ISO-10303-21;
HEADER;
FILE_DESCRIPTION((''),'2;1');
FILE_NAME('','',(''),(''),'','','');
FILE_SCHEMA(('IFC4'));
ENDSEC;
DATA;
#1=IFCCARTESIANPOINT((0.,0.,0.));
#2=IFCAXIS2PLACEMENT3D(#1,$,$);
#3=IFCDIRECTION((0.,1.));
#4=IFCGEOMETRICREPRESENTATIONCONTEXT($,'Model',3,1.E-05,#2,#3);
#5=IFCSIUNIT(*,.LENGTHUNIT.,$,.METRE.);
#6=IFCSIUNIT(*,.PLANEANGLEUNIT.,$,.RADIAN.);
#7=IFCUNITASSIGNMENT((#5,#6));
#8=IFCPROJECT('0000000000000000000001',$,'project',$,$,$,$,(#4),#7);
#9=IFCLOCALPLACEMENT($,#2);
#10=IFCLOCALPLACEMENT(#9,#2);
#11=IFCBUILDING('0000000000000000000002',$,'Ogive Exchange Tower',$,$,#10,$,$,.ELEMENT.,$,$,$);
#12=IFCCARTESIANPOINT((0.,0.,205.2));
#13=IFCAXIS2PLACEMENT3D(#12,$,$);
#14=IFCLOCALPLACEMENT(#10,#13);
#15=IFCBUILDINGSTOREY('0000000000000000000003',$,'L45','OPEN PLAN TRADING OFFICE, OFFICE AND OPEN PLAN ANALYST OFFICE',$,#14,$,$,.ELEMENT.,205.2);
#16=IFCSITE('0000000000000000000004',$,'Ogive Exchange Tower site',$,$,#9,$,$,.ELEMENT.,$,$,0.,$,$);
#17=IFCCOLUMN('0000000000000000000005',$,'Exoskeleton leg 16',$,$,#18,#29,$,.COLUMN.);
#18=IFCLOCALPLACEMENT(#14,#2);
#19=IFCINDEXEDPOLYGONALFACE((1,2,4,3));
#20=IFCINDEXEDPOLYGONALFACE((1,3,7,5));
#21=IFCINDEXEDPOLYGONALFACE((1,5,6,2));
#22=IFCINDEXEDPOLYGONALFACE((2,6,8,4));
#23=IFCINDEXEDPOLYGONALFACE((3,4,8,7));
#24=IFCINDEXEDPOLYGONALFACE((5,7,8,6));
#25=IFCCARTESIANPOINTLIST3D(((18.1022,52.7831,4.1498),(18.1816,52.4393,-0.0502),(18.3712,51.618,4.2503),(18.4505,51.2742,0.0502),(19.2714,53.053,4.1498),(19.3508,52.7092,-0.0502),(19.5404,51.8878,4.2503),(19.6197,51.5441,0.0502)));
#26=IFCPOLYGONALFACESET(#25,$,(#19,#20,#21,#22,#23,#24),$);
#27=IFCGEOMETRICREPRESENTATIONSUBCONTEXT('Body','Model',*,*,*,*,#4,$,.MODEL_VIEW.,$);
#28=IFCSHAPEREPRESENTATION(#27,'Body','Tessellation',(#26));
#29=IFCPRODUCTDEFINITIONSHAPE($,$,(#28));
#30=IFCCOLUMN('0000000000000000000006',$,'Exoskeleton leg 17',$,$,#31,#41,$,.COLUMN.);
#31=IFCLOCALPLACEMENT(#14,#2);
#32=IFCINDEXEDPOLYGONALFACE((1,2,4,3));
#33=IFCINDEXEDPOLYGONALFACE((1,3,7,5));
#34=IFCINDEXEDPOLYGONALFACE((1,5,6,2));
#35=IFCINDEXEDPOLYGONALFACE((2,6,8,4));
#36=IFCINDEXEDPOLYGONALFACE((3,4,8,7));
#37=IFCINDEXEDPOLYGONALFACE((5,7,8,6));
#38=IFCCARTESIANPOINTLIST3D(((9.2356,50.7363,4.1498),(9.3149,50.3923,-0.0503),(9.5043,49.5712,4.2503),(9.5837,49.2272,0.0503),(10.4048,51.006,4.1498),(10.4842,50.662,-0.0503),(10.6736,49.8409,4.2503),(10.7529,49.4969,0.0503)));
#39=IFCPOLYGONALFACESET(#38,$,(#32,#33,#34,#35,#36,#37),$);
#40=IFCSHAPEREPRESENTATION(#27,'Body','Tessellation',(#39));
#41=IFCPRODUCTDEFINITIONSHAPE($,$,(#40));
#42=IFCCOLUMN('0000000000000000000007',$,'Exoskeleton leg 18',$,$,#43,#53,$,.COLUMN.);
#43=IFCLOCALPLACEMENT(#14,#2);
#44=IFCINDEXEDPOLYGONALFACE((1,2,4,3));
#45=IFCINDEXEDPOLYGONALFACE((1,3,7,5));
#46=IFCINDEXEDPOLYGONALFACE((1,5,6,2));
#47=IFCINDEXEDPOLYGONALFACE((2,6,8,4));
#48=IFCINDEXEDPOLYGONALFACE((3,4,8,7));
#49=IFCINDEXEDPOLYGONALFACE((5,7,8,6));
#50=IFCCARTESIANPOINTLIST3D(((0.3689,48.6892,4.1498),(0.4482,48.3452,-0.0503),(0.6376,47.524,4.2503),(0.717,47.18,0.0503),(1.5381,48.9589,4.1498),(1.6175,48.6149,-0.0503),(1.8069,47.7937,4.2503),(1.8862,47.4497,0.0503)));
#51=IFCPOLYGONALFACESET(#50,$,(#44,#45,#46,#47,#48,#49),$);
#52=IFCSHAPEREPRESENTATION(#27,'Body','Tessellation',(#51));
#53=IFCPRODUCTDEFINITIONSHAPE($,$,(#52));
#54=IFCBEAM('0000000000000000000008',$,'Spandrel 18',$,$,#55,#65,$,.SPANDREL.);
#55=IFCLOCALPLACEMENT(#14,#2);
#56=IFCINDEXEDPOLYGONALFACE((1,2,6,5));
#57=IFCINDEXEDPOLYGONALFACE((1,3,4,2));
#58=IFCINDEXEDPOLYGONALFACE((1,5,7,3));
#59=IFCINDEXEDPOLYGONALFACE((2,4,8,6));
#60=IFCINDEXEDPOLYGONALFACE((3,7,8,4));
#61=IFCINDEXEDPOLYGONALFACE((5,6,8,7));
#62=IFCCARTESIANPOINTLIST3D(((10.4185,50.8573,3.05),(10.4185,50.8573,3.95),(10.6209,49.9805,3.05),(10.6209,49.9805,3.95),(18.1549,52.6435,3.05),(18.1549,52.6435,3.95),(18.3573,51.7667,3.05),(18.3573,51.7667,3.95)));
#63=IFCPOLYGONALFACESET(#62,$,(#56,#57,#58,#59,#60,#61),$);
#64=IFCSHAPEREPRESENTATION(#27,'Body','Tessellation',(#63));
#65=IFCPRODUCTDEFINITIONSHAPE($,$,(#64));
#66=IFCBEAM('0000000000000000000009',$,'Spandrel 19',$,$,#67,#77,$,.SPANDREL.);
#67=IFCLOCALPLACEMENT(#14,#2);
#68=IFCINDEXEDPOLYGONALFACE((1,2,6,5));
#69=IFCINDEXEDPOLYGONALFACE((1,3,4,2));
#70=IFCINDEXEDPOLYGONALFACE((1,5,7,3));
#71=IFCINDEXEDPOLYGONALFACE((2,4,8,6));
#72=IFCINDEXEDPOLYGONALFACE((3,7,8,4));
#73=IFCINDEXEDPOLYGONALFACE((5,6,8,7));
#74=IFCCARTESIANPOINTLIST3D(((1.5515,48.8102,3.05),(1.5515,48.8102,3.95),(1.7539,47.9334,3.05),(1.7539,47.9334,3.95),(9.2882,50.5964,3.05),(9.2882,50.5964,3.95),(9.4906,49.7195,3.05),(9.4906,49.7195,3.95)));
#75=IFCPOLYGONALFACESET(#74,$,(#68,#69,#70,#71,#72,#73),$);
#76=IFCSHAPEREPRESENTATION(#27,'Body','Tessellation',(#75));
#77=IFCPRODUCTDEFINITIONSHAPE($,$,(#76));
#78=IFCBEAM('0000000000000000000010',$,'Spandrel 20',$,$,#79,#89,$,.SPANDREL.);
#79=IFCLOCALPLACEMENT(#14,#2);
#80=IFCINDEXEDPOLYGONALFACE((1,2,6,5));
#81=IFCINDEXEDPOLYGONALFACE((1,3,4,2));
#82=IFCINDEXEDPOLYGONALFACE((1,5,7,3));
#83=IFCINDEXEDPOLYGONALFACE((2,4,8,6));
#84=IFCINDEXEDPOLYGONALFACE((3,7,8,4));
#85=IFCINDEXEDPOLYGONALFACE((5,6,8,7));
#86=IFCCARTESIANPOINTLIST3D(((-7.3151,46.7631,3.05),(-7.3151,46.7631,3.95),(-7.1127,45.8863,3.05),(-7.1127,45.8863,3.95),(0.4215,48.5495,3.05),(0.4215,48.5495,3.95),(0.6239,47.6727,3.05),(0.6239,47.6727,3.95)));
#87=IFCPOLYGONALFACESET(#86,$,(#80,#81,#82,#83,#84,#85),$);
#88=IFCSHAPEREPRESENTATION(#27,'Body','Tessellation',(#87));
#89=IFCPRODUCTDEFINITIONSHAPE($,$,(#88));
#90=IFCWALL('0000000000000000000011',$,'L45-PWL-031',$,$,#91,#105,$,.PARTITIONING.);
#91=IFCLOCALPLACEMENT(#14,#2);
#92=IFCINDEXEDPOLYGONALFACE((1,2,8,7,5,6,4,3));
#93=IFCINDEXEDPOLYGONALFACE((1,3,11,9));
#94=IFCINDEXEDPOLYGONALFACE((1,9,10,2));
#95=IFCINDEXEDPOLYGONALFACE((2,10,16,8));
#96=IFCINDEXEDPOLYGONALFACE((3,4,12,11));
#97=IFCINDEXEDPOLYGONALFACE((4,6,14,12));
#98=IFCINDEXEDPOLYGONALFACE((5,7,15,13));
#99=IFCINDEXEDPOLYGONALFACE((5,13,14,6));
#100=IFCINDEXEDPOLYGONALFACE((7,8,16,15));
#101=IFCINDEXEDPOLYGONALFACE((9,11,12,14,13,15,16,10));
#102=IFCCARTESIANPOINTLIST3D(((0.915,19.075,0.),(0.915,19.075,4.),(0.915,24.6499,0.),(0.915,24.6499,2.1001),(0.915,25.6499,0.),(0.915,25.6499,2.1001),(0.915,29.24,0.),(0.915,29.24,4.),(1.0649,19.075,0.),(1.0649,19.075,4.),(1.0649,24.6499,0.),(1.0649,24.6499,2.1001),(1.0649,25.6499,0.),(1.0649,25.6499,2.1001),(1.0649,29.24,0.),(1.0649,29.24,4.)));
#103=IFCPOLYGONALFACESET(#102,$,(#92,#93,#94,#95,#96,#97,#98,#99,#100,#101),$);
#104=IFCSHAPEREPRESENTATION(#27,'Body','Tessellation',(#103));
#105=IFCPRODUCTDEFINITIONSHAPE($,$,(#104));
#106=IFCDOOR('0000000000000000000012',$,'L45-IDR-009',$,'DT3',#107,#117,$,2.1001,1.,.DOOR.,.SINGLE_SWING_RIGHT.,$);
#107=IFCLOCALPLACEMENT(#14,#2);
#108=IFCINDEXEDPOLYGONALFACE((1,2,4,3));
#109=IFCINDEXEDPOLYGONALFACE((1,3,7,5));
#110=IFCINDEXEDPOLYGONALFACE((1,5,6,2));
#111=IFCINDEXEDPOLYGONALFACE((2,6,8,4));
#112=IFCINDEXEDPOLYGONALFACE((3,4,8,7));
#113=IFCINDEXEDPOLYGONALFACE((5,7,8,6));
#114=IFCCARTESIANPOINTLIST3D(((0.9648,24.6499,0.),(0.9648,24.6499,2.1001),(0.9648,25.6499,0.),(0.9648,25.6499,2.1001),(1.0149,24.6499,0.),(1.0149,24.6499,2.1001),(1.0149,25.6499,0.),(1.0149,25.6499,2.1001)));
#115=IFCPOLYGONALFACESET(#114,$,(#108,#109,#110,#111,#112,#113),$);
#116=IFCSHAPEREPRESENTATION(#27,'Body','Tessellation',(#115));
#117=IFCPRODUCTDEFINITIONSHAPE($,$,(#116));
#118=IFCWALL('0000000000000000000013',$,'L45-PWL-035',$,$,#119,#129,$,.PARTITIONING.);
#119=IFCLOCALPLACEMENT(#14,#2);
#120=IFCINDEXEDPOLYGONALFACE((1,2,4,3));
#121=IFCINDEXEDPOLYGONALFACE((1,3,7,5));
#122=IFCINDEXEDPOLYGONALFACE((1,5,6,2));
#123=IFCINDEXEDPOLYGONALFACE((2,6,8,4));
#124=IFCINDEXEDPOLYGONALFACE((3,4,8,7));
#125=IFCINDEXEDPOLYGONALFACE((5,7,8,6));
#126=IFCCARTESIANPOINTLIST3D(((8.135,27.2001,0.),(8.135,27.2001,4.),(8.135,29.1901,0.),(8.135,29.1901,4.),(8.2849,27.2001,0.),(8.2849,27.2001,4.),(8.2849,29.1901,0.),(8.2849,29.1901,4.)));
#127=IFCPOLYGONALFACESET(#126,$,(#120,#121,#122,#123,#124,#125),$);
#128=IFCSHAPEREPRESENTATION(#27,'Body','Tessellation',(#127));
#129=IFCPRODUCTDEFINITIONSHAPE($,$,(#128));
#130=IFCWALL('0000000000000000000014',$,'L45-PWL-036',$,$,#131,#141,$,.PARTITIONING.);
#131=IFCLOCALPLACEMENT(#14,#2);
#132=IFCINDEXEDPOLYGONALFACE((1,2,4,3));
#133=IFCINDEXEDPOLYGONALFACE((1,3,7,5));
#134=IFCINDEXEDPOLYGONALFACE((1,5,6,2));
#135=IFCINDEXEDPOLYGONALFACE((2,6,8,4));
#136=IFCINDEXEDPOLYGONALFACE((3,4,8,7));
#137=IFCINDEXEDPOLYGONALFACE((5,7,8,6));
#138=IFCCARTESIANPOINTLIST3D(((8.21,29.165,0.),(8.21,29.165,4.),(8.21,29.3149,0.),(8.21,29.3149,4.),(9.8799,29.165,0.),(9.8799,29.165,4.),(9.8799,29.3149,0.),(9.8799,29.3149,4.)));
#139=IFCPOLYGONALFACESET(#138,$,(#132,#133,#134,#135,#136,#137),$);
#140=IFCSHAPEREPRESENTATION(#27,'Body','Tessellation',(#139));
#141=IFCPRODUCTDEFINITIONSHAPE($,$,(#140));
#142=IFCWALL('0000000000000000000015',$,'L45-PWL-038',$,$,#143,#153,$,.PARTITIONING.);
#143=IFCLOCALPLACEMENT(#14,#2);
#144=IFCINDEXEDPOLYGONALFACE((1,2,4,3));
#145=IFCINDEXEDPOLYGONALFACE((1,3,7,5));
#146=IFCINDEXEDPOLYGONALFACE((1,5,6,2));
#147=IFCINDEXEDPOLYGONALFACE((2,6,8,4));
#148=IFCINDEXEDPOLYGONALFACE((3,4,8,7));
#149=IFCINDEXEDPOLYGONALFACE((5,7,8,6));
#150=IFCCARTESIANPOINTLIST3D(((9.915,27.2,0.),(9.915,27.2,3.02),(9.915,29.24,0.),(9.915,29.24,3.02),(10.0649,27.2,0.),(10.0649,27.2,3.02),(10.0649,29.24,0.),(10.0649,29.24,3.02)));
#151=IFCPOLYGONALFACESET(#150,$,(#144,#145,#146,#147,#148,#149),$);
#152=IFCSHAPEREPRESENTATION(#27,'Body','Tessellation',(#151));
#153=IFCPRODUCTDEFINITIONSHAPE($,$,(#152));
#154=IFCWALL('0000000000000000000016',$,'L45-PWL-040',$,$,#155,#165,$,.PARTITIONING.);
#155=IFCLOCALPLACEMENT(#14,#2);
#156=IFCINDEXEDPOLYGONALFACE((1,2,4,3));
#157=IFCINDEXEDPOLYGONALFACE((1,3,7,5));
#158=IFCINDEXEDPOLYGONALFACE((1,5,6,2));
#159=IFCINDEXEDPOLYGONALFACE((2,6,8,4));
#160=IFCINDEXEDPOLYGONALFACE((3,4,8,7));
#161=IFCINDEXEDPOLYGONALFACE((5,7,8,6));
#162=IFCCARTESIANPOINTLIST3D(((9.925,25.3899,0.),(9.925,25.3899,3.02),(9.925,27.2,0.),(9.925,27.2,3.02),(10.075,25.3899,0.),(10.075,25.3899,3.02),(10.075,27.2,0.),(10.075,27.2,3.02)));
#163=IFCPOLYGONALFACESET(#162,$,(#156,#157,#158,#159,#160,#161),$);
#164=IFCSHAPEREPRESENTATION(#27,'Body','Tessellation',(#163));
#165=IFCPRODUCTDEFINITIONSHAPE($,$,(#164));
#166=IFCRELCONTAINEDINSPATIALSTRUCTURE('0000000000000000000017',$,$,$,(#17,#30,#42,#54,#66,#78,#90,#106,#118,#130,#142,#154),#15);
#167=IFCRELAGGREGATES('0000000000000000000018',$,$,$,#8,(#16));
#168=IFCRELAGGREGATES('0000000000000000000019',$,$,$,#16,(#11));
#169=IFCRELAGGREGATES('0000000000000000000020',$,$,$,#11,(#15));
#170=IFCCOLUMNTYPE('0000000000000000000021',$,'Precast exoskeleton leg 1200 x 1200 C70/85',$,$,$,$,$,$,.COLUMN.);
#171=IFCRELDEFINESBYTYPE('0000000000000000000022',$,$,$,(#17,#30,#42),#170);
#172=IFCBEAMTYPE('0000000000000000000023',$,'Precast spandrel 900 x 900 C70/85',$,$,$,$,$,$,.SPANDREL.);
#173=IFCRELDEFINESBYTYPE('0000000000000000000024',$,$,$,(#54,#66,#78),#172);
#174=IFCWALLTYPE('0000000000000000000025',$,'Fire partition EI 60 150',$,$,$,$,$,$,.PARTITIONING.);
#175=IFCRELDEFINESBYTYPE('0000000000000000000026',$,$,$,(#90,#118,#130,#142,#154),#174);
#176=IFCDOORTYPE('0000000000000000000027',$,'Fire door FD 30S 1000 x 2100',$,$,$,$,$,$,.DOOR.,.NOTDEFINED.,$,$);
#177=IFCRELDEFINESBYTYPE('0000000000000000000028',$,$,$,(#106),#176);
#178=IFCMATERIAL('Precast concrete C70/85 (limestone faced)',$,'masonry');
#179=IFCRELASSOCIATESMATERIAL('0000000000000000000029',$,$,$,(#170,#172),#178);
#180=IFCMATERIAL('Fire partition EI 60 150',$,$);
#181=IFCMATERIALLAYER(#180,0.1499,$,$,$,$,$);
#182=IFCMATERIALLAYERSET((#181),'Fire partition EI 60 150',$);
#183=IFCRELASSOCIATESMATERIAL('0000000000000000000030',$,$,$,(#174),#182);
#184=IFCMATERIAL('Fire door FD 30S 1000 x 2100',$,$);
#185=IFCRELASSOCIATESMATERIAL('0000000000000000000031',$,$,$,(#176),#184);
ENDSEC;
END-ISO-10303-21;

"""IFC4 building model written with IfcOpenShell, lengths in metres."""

from ifc_helpers import new_model, si_unit, direction, frame, frame_2d, origin, origin_2d, place, context, subcontext, project, spatial, rectangle, extrude, material, layer, layer_set, material_profile, profile_set, type_object, element, fill, save


model = new_model("IFC4")

# Units and contexts
model_context = context("Model", 3, precision=1e-05, world=origin(), true_north=direction((0.0, 1.0)))
body_context = subcontext(model_context, "Body", "Model", "MODEL_VIEW")
ifc_project = project(units=[si_unit("LENGTHUNIT", "METRE"), si_unit("PLANEANGLEUNIT", "RADIAN")], contexts=[model_context])

# Site, building, storey
site_placement = place(None, origin())
site = spatial("IfcSite", under=ifc_project, at=site_placement, Name="Ogive Exchange Tower site", CompositionType="ELEMENT", RefElevation=0.0)
building_placement = place(site_placement, origin())
building = spatial("IfcBuilding", under=site, at=building_placement, Name="Ogive Exchange Tower", CompositionType="ELEMENT")
storey_placement = place(building_placement, frame((0.0, 0.0, 205.2)))
storey = spatial("IfcBuildingStorey", under=building, at=storey_placement, Name="L45", Description="OPEN PLAN TRADING OFFICE, OFFICE AND OPEN PLAN ANALYST OFFICE", CompositionType="ELEMENT", Elevation=205.2)

# Columns
ifc_material_1 = material(Name="Precast concrete C70/85 (limestone faced)", Category="masonry")
ifc_material_profile_1 = material_profile(ifc_material_1, rectangle(XDim=1.2, YDim=1.2, at=origin_2d()), Name="1200 x 1200")
ifc_profile_set_1 = profile_set([ifc_material_profile_1], Name="Precast concrete C70/85 (limestone faced)")
column_type = type_object("IfcColumnType", Name="Precast exoskeleton leg 1200 x 1200 C70/85", PredefinedType="COLUMN", material=ifc_profile_set_1)
for number, where, z_axis, x_axis, name in (
    (1, (18.9006, 51.9917, 0.0), (-0.018826, 0.081559, 0.996491), (-0.97438, -0.22491, 0.0), "Exoskeleton leg 16"),
    (2, (10.0339, 49.9446, 0.0), (-0.018826, 0.081617, 0.996486), (-0.974415, -0.224758, 0.0), "Exoskeleton leg 17"),
    (3, (1.1672, 47.8975, 0.0), (-0.018826, 0.081617, 0.996486), (-0.974415, -0.224758, 0.0), "Exoskeleton leg 18"),
):
    element("IfcColumn", number, at=place(storey_placement, frame(where, z_axis=z_axis, x_axis=x_axis)), inside=storey, type_object=column_type, Name=name, PredefinedType="COLUMN", context=body_context, shape_type="SweptSolid", body=[
        extrude(rectangle(XDim=1.2, YDim=1.2, at=origin_2d()), origin(), (0.0, 0.0, 1.0), 4.2148),
    ])

# Beams
ifc_material_profile_2 = material_profile(ifc_material_1, rectangle(XDim=0.8999, YDim=0.8999, at=origin_2d()), Name="900 x 900")
ifc_profile_set_2 = profile_set([ifc_material_profile_2], Name="Precast concrete C70/85 (limestone faced)")
beam_type = type_object("IfcBeamType", Name="Precast spandrel 900 x 900 C70/85", PredefinedType="SPANDREL", material=ifc_profile_set_2)
beam_placement = place(storey_placement, frame((18.2561, 52.2051, 3.5), z_axis=(-0.974368, -0.224958, 0.0), x_axis=(0.224958, -0.974368, 0.0)))
element("IfcBeam", 4, at=beam_placement, inside=storey, type_object=beam_type, Name="Spandrel 18", PredefinedType="SPANDREL", context=body_context, shape_type="SweptSolid", body=[
    extrude(rectangle(XDim=0.8999, YDim=0.8999, at=origin_2d()), origin(), (0.0, 0.0, 1.0), 7.9399),
])
for number, where, z_axis, x_axis, name in (
    (5, (9.3894, 50.158, 3.5), (-0.97437, -0.224952, 0.0), (0.224952, -0.97437, 0.0), "Spandrel 19"),
    (6, (0.5227, 48.1111, 3.5), (-0.974363, -0.224981, 0.0), (0.224981, -0.974363, 0.0), "Spandrel 20"),
):
    element("IfcBeam", number, at=place(storey_placement, frame(where, z_axis=z_axis, x_axis=x_axis)), inside=storey, type_object=beam_type, Name=name, PredefinedType="SPANDREL", context=body_context, shape_type="SweptSolid", body=[
        extrude(rectangle(XDim=0.8999, YDim=0.8999, at=origin_2d()), origin(), (0.0, 0.0, 1.0), 7.9402),
    ])

# Wall, opening, door
ifc_material_2 = material(Name="Fire partition EI 60 150")
ifc_layer_1 = layer(ifc_material_2, 0.1499)
ifc_layer_set_1 = layer_set([ifc_layer_1], Name="Fire partition EI 60 150")
wall_type_1 = type_object("IfcWallType", Name="Fire partition EI 60 150", PredefinedType="PARTITIONING", material=ifc_layer_set_1)
wall_1_placement = place(storey_placement, frame((0.99, 29.24, 0.0), z_axis=(0.0, 0.0, 1.0), x_axis=(0.0, -1.0, 0.0)))
wall_1 = element("IfcWall", 7, at=wall_1_placement, inside=storey, type_object=wall_type_1, Name="L45-PWL-031", PredefinedType="PARTITIONING", context=body_context, shape_type="SweptSolid", body=[
    extrude(rectangle(XDim=10.165, YDim=0.1499, at=frame_2d((5.0825, 0.0))), origin(), (0.0, 0.0, 1.0), 4.0),
])
opening_1_placement = place(wall_1_placement, frame((3.5901, 0.0, 0.0)))
opening_1 = element("IfcOpeningElement", 8, at=opening_1_placement, cuts=wall_1, PredefinedType="OPENING", context=body_context, shape_type="SweptSolid", body=[
    extrude(rectangle(XDim=1.0, YDim=2.1001, at=frame_2d((0.5, 1.05))), frame((0.0, 0.085, 0.0), z_axis=(0.0, -1.0, 0.0), x_axis=(1.0, 0.0, 0.0)), (0.0, 0.0, 1.0), 0.1699),
])
ifc_material_3 = material(Name="Fire door FD 30S 1000 x 2100")
door_type_1 = type_object("IfcDoorType", Name="Fire door FD 30S 1000 x 2100", OperationType="NOTDEFINED", PredefinedType="DOOR", material=ifc_material_3)
door_1_placement = place(opening_1_placement, origin())
door_1 = element("IfcDoor", 9, at=door_1_placement, inside=storey, type_object=door_type_1, Name="L45-IDR-009", ObjectType="DT3", OperationType="SINGLE_SWING_RIGHT", OverallHeight=2.1001, OverallWidth=1.0, PredefinedType="DOOR", context=body_context, shape_type="SweptSolid", body=[
    extrude(rectangle(XDim=1.0, YDim=2.1001, at=frame_2d((0.5, 1.05))), frame((0.0, 0.0249, 0.0), z_axis=(0.0, -1.0, 0.0), x_axis=(1.0, 0.0, 0.0)), (0.0, 0.0, 1.0), 0.05),
])
fill(opening_1, door_1)

# Walls
wall_2_placement = place(storey_placement, frame((8.21, 27.2, 0.0), z_axis=(0.0, 0.0, 1.0), x_axis=(0.0, 1.0, 0.0)))
element("IfcWall", 10, at=wall_2_placement, inside=storey, type_object=wall_type_1, Name="L45-PWL-035", PredefinedType="PARTITIONING", context=body_context, shape_type="SweptSolid", body=[
    extrude(rectangle(XDim=1.99, YDim=0.1499, at=frame_2d((0.9951, 0.0))), origin(), (0.0, 0.0, 1.0), 4.0),
])
wall_3_placement = place(storey_placement, frame((8.21, 29.24, 0.0), z_axis=(0.0, 0.0, 1.0), x_axis=(1.0, 0.0, 0.0)))
element("IfcWall", 11, at=wall_3_placement, inside=storey, type_object=wall_type_1, Name="L45-PWL-036", PredefinedType="PARTITIONING", context=body_context, shape_type="SweptSolid", body=[
    extrude(rectangle(XDim=1.6699, YDim=0.1499, at=frame_2d((0.835, 0.0))), origin(), (0.0, 0.0, 1.0), 4.0),
])
wall_4_placement = place(storey_placement, frame((9.99, 29.24, 0.0), z_axis=(0.0, 0.0, 1.0), x_axis=(0.0, -1.0, 0.0)))
element("IfcWall", 12, at=wall_4_placement, inside=storey, type_object=wall_type_1, Name="L45-PWL-038", PredefinedType="PARTITIONING", context=body_context, shape_type="SweptSolid", body=[
    extrude(rectangle(XDim=2.04, YDim=0.1499, at=frame_2d((1.02, 0.0))), origin(), (0.0, 0.0, 1.0), 3.02),
])
wall_5_placement = place(storey_placement, frame((10.0, 27.2, 0.0), z_axis=(0.0, 0.0, 1.0), x_axis=(0.0, -1.0, 0.0)))
element("IfcWall", 13, at=wall_5_placement, inside=storey, type_object=wall_type_1, Name="L45-PWL-040", PredefinedType="PARTITIONING", context=body_context, shape_type="SweptSolid", body=[
    extrude(rectangle(XDim=1.8101, YDim=0.1499, at=frame_2d((0.905, 0.0))), origin(), (0.0, 0.0, 1.0), 3.02),
])

save(model, "model.ifc")
